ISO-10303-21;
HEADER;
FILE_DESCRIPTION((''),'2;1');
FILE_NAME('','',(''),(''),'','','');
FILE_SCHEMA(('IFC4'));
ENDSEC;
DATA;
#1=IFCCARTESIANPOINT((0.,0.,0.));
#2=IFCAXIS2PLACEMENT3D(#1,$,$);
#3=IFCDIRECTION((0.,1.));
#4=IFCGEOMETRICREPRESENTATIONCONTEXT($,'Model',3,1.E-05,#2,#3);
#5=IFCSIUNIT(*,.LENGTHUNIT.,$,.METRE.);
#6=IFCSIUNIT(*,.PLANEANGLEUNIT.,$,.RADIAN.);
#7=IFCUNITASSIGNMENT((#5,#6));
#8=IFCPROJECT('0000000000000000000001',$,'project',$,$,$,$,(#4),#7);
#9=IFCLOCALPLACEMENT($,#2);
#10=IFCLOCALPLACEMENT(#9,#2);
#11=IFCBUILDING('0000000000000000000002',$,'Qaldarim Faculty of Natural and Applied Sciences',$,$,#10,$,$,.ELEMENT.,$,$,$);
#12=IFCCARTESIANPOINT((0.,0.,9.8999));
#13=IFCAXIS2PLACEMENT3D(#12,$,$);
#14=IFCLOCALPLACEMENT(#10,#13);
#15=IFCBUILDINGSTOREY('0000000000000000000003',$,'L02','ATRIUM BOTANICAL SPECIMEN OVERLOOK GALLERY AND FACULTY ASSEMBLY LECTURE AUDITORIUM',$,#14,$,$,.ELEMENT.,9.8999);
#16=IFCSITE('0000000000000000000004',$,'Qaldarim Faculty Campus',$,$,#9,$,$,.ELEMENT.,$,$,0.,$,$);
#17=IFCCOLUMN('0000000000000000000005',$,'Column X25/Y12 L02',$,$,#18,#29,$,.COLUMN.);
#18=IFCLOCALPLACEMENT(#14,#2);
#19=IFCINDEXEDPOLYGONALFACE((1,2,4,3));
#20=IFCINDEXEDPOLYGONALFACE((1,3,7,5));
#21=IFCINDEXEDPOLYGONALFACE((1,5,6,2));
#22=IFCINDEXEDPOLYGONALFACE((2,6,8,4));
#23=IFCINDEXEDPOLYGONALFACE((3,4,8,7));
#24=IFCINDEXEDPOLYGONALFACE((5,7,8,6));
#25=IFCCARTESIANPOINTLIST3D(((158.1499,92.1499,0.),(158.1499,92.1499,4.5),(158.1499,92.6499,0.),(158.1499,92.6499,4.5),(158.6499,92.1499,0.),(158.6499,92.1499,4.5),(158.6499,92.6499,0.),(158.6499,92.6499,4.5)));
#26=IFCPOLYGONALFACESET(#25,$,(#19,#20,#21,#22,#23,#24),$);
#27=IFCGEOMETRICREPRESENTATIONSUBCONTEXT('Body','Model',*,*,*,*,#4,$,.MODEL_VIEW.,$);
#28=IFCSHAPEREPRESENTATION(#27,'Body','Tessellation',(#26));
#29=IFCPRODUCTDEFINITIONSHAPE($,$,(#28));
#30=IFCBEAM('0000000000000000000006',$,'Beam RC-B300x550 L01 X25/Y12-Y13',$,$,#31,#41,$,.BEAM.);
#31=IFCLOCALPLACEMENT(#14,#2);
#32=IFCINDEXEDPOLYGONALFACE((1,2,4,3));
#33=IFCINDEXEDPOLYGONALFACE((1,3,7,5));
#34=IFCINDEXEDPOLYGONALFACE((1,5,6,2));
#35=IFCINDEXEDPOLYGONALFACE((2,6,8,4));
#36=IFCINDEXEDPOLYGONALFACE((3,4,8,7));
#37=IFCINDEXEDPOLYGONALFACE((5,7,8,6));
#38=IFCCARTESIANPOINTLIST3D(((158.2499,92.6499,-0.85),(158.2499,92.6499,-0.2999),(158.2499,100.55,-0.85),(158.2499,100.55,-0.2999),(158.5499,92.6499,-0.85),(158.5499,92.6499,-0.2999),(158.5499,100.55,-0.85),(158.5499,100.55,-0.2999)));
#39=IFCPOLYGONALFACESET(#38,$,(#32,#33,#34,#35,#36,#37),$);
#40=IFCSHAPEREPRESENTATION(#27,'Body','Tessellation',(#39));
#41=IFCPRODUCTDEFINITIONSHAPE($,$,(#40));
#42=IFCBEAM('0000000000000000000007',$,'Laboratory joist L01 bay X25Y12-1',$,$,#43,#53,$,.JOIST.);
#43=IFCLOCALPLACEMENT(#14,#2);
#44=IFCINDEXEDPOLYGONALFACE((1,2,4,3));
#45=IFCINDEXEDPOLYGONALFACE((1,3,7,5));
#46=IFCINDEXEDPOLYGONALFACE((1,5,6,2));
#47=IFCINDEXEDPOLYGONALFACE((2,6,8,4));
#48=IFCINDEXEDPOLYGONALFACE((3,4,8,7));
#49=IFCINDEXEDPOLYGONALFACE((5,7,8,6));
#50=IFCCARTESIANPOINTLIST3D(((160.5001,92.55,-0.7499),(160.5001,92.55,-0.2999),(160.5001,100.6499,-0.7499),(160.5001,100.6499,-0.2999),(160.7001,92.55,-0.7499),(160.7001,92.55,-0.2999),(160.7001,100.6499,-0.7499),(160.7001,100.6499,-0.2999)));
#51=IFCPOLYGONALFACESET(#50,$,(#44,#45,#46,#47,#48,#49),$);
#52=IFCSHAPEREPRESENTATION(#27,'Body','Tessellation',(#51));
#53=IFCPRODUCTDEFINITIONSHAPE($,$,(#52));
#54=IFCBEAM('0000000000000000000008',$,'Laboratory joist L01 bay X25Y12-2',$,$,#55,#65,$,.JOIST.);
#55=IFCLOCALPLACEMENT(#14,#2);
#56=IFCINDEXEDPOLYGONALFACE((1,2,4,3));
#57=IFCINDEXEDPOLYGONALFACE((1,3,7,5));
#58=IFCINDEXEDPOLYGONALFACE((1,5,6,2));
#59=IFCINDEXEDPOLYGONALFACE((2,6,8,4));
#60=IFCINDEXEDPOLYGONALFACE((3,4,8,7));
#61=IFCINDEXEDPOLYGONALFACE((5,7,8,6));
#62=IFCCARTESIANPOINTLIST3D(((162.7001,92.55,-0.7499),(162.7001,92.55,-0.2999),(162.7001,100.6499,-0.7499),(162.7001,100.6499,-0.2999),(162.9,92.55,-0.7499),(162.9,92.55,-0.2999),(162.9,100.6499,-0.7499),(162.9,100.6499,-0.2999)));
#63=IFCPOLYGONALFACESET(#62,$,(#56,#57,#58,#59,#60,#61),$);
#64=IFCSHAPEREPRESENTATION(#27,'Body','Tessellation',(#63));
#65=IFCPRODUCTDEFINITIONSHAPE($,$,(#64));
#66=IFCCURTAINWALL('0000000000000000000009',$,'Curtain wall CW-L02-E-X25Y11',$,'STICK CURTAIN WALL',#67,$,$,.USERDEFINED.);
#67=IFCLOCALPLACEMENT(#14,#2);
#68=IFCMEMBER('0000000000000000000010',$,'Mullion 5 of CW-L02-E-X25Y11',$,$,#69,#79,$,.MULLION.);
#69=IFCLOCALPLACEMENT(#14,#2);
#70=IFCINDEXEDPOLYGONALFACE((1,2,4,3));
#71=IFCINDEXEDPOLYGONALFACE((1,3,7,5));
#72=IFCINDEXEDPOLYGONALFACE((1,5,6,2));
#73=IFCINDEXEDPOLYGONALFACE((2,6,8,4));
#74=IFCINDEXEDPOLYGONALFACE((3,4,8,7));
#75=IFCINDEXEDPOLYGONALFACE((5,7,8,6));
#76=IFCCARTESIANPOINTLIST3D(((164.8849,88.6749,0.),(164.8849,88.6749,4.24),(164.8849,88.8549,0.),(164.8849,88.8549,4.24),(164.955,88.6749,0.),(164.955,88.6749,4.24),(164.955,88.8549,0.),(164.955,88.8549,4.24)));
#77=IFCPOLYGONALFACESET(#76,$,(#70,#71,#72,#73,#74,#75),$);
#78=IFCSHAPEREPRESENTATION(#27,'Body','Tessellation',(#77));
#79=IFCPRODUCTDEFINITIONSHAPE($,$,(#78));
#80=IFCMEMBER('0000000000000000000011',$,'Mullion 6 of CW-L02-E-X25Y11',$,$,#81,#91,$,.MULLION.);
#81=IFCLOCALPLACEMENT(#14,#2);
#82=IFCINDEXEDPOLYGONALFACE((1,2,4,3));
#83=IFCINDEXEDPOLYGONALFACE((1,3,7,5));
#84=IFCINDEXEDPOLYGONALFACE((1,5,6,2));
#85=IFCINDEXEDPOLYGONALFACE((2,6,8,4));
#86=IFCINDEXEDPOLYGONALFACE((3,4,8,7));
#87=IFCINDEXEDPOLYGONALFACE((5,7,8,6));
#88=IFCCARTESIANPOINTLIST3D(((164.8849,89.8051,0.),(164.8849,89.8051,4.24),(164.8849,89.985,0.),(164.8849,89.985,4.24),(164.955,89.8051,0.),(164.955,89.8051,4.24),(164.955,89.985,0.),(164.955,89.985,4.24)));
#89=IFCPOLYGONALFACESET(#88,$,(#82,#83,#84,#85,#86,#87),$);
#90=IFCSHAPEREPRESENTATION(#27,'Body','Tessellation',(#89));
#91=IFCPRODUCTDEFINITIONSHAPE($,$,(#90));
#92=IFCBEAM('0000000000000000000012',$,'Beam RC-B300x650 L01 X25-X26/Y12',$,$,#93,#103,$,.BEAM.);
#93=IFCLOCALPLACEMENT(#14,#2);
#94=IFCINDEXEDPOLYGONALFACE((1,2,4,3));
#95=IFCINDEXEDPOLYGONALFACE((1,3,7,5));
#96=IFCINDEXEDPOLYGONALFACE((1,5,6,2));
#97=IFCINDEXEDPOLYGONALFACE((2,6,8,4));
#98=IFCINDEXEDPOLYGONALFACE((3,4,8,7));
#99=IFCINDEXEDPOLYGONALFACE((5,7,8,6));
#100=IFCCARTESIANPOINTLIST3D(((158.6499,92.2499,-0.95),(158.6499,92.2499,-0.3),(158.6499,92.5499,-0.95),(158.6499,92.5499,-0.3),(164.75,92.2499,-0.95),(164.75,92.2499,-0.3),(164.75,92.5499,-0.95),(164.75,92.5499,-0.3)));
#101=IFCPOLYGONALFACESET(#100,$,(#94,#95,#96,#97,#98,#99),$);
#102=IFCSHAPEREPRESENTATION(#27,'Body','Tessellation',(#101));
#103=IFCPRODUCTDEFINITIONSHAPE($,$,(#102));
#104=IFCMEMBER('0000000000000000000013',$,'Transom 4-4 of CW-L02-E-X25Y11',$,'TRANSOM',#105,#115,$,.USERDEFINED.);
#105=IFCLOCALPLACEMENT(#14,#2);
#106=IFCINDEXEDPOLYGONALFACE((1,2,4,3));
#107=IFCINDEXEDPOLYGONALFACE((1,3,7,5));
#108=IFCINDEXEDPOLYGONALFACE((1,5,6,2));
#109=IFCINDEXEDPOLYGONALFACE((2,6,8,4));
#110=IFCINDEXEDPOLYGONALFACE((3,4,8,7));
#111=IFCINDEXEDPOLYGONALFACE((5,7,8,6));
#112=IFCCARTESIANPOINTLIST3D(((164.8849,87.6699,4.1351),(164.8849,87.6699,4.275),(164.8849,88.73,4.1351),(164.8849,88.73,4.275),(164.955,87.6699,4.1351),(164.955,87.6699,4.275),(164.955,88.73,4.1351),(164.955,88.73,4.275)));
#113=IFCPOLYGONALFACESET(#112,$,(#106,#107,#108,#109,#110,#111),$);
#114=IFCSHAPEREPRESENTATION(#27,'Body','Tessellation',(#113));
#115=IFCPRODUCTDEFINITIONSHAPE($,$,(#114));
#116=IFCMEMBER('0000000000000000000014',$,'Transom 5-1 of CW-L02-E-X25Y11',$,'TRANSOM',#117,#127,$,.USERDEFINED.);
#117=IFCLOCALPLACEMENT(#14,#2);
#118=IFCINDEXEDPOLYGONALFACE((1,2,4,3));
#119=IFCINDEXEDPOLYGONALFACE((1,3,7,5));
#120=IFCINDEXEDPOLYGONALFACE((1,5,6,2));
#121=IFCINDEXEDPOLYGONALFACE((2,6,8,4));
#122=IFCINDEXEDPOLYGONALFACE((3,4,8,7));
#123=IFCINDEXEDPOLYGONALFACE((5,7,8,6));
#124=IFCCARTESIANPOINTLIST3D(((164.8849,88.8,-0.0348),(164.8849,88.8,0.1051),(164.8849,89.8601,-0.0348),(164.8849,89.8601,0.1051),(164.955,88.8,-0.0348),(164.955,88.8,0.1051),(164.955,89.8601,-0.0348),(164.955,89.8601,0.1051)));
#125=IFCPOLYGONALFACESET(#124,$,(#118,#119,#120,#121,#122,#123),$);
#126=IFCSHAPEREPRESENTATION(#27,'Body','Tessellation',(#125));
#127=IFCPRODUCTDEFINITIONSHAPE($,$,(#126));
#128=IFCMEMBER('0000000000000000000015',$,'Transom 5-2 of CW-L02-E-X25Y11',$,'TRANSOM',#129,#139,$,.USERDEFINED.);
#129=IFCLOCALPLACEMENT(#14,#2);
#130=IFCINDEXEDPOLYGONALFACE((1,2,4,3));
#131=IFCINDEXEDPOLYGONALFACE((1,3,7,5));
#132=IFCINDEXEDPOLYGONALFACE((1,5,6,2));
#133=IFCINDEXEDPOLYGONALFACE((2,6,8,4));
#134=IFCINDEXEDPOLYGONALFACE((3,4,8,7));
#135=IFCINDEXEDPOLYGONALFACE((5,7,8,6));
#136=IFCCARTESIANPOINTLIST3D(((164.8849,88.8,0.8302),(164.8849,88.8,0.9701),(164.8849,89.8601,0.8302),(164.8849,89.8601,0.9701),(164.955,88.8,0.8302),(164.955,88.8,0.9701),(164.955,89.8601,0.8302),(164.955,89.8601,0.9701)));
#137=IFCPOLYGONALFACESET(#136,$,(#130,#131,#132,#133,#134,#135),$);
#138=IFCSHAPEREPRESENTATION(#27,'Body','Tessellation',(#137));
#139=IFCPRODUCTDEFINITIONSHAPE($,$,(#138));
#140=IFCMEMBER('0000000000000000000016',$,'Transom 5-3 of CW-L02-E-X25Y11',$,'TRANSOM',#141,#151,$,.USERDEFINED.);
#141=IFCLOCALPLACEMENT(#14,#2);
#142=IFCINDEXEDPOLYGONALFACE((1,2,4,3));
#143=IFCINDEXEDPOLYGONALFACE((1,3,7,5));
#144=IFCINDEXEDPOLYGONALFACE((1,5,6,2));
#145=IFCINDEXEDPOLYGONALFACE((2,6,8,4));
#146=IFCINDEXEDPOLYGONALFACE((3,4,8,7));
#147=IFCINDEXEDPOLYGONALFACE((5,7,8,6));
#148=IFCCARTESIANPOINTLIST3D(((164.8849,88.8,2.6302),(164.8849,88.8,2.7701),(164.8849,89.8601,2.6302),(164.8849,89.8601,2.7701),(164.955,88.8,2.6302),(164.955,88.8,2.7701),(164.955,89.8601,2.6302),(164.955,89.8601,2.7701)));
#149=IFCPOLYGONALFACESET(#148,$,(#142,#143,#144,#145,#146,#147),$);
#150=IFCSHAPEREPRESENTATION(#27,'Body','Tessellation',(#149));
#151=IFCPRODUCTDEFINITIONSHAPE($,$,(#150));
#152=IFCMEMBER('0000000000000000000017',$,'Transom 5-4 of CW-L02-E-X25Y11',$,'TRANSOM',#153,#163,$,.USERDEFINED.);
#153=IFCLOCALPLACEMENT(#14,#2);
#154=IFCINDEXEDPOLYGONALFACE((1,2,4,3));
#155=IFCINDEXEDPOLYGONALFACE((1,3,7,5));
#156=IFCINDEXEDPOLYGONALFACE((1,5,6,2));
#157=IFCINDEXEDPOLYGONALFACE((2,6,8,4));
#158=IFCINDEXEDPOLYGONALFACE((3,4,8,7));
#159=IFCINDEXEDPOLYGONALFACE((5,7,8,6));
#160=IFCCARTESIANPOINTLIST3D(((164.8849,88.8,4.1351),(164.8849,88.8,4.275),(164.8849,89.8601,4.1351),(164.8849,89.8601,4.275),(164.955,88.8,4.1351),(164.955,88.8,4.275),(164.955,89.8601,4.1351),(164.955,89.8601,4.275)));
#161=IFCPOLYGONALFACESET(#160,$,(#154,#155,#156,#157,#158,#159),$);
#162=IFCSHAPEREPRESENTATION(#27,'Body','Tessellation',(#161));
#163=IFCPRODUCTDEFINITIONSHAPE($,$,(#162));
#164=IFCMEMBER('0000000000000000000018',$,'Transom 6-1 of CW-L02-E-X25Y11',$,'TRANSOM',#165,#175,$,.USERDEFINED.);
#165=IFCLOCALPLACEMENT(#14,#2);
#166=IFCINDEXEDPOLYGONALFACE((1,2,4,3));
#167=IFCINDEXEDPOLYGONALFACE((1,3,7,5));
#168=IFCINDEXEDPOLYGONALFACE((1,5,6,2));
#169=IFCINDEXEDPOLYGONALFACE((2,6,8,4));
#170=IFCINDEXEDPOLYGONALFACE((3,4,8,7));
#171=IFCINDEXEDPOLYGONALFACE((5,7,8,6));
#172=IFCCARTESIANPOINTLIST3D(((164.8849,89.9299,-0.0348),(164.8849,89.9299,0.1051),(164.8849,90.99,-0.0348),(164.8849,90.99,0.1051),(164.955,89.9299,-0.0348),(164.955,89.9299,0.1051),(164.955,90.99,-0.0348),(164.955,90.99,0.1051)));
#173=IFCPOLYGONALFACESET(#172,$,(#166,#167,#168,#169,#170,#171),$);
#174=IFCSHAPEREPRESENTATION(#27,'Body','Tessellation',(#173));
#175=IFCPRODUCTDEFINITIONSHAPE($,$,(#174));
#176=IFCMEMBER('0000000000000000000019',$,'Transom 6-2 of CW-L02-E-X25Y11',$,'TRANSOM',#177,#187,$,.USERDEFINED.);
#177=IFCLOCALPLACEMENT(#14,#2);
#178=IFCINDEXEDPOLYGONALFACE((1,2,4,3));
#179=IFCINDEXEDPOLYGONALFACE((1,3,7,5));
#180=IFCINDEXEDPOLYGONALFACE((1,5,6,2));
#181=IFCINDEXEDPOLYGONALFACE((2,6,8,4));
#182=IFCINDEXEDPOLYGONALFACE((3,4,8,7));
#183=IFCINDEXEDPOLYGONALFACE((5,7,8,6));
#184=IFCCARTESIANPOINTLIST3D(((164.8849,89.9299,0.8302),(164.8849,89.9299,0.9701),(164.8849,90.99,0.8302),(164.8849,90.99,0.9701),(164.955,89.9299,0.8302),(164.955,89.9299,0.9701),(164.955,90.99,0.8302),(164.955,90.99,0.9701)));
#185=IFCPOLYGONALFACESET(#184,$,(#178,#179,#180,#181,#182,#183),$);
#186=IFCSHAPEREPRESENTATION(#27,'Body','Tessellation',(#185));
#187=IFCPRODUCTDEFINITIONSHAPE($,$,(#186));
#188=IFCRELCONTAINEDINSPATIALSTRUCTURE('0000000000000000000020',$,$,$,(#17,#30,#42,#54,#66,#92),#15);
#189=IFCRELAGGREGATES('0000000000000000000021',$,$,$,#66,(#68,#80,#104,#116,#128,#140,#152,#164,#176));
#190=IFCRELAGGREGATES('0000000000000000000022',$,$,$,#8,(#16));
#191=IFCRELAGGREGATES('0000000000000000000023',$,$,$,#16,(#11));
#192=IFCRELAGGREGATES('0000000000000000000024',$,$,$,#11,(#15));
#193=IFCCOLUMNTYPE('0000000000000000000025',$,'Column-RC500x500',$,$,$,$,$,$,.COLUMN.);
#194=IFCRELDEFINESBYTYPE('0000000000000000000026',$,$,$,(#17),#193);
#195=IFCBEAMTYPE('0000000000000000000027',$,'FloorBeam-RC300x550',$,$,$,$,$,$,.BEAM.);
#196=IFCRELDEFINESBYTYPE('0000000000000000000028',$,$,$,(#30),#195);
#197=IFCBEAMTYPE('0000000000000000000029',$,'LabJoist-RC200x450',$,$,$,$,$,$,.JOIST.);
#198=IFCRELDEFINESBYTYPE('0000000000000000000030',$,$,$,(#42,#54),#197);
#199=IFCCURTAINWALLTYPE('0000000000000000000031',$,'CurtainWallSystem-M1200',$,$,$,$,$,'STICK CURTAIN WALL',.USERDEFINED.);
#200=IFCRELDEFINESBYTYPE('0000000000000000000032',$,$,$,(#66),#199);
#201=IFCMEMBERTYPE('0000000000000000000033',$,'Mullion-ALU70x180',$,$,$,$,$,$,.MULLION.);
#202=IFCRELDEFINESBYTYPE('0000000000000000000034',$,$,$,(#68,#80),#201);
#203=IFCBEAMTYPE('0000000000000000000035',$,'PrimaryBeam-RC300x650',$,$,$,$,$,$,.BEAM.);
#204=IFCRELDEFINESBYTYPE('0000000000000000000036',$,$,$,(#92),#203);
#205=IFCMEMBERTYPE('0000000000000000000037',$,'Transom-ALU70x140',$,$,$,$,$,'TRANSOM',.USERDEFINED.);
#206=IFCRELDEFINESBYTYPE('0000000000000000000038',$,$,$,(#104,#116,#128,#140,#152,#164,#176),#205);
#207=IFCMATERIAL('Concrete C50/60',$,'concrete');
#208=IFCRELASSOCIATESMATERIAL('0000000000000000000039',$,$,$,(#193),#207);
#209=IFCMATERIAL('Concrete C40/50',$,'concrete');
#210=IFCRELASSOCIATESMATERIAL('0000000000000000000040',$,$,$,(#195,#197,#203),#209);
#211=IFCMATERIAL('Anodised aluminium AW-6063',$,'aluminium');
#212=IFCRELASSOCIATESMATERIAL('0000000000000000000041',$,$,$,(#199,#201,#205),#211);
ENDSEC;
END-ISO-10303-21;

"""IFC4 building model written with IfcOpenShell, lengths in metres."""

from ifc_helpers import new_model, si_unit, direction, frame, origin, origin_2d, place, context, subcontext, project, spatial, rectangle, extrude, material, material_profile, profile_set, type_object, element, aggregate, save


model = new_model("IFC4")

# Units and contexts
model_context = context("Model", 3, precision=1e-05, world=origin(), true_north=direction((0.0, 1.0)))
body_context = subcontext(model_context, "Body", "Model", "MODEL_VIEW")
ifc_project = project(units=[si_unit("LENGTHUNIT", "METRE"), si_unit("PLANEANGLEUNIT", "RADIAN")], contexts=[model_context])

# Site, building, storey
site_placement = place(None, origin())
site = spatial("IfcSite", under=ifc_project, at=site_placement, Name="Qaldarim Faculty Campus", CompositionType="ELEMENT", RefElevation=0.0)
building_placement = place(site_placement, origin())
building = spatial("IfcBuilding", under=site, at=building_placement, Name="Qaldarim Faculty of Natural and Applied Sciences", CompositionType="ELEMENT")
storey_placement = place(building_placement, frame((0.0, 0.0, 9.8999)))
storey = spatial("IfcBuildingStorey", under=building, at=storey_placement, Name="L02", Description="ATRIUM BOTANICAL SPECIMEN OVERLOOK GALLERY AND FACULTY ASSEMBLY LECTURE AUDITORIUM", CompositionType="ELEMENT", Elevation=9.8999)

# Column
ifc_material_1 = material(Name="Concrete C50/60", Category="concrete")
ifc_material_profile_1 = material_profile(ifc_material_1, rectangle(XDim=0.5, YDim=0.5, at=origin_2d()), Name="RC-C500x500")
ifc_profile_set_1 = profile_set([ifc_material_profile_1], Name="Concrete C50/60")
column_type = type_object("IfcColumnType", Name="Column-RC500x500", PredefinedType="COLUMN", material=ifc_profile_set_1)
column_placement = place(storey_placement, frame((158.3999, 92.3999, 0.0), z_axis=(0.0, 0.0, 1.0), x_axis=(1.0, 0.0, 0.0)))
element("IfcColumn", 1, at=column_placement, inside=storey, type_object=column_type, Name="Column X25/Y12 L02", PredefinedType="COLUMN", context=body_context, shape_type="SweptSolid", body=[
    extrude(rectangle(XDim=0.5, YDim=0.5, at=origin_2d()), origin(), (0.0, 0.0, 1.0), 4.5),
])

# Beams
ifc_material_2 = material(Name="Concrete C40/50", Category="concrete")
ifc_material_profile_2 = material_profile(ifc_material_2, rectangle(XDim=0.3, YDim=0.55, at=origin_2d()), Name="RC-B300x550")
ifc_profile_set_2 = profile_set([ifc_material_profile_2], Name="Concrete C40/50")
beam_type_1 = type_object("IfcBeamType", Name="FloorBeam-RC300x550", PredefinedType="BEAM", material=ifc_profile_set_2)
beam_1_placement = place(storey_placement, frame((158.3999, 92.6499, -0.575), z_axis=(0.0, 1.0, 0.0), x_axis=(-1.0, 0.0, 0.0)))
element("IfcBeam", 2, at=beam_1_placement, inside=storey, type_object=beam_type_1, Name="Beam RC-B300x550 L01 X25/Y12-Y13", PredefinedType="BEAM", context=body_context, shape_type="SweptSolid", body=[
    extrude(rectangle(XDim=0.3, YDim=0.55, at=origin_2d()), origin(), (0.0, 0.0, 1.0), 7.9001),
])
ifc_material_profile_3 = material_profile(ifc_material_2, rectangle(XDim=0.2, YDim=0.45, at=origin_2d()), Name="RC-J200x450")
ifc_profile_set_3 = profile_set([ifc_material_profile_3], Name="Concrete C40/50")
beam_type_2 = type_object("IfcBeamType", Name="LabJoist-RC200x450", PredefinedType="JOIST", material=ifc_profile_set_3)
for number, where, z_axis, x_axis, name in (
    (3, (160.6001, 92.55, -0.5249), (0.0, 1.0, 0.0), (-1.0, 0.0, 0.0), "Laboratory joist L01 bay X25Y12-1"),
    (4, (162.8, 92.55, -0.5249), (0.0, 1.0, 0.0), (-1.0, 0.0, 0.0), "Laboratory joist L01 bay X25Y12-2"),
):
    element("IfcBeam", number, at=place(storey_placement, frame(where, z_axis=z_axis, x_axis=x_axis)), inside=storey, type_object=beam_type_2, Name=name, PredefinedType="JOIST", context=body_context, shape_type="SweptSolid", body=[
        extrude(rectangle(XDim=0.2, YDim=0.45, at=origin_2d()), origin(), (0.0, 0.0, 1.0), 8.0999),
    ])

# Curtain wall, members
ifc_material_3 = material(Name="Anodised aluminium AW-6063", Category="aluminium")
curtain_wall_type = type_object("IfcCurtainWallType", Name="CurtainWallSystem-M1200", ElementType="STICK CURTAIN WALL", PredefinedType="USERDEFINED", material=ifc_material_3)
curtain_wall_placement = place(storey_placement, origin())
curtain_wall = element("IfcCurtainWall", 5, at=curtain_wall_placement, inside=storey, type_object=curtain_wall_type, Name="Curtain wall CW-L02-E-X25Y11", ObjectType="STICK CURTAIN WALL", PredefinedType="USERDEFINED")
ifc_material_profile_4 = material_profile(ifc_material_3, rectangle(XDim=0.0701, YDim=0.1799, at=origin_2d()), Name="ALU-M70x180")
ifc_profile_set_4 = profile_set([ifc_material_profile_4], Name="Anodised aluminium AW-6063")
member_type_1 = type_object("IfcMemberType", Name="Mullion-ALU70x180", PredefinedType="MULLION", material=ifc_profile_set_4)
member_1_placement = place(storey_placement, frame((164.9199, 88.7649, 0.0), z_axis=(0.0, 0.0, 1.0), x_axis=(-1.0, 0.0, 0.0)))
member_1 = element("IfcMember", 6, at=member_1_placement, type_object=member_type_1, Name="Mullion 5 of CW-L02-E-X25Y11", PredefinedType="MULLION", context=body_context, shape_type="SweptSolid", body=[
    extrude(rectangle(XDim=0.0701, YDim=0.1799, at=origin_2d()), origin(), (0.0, 0.0, 1.0), 4.24),
])
member_2_placement = place(storey_placement, frame((164.9199, 89.895, 0.0), z_axis=(0.0, 0.0, 1.0), x_axis=(-1.0, 0.0, 0.0)))
member_2 = element("IfcMember", 7, at=member_2_placement, type_object=member_type_1, Name="Mullion 6 of CW-L02-E-X25Y11", PredefinedType="MULLION", context=body_context, shape_type="SweptSolid", body=[
    extrude(rectangle(XDim=0.0701, YDim=0.1799, at=origin_2d()), origin(), (0.0, 0.0, 1.0), 4.24),
])

# Beam
ifc_material_profile_5 = material_profile(ifc_material_2, rectangle(XDim=0.3, YDim=0.6499, at=origin_2d()), Name="RC-B300x650")
ifc_profile_set_5 = profile_set([ifc_material_profile_5], Name="Concrete C40/50")
beam_type_3 = type_object("IfcBeamType", Name="PrimaryBeam-RC300x650", PredefinedType="BEAM", material=ifc_profile_set_5)
beam_2_placement = place(storey_placement, frame((158.6499, 92.3999, -0.625), z_axis=(1.0, 0.0, 0.0), x_axis=(0.0, 1.0, 0.0)))
element("IfcBeam", 8, at=beam_2_placement, inside=storey, type_object=beam_type_3, Name="Beam RC-B300x650 L01 X25-X26/Y12", PredefinedType="BEAM", context=body_context, shape_type="SweptSolid", body=[
    extrude(rectangle(XDim=0.3, YDim=0.6499, at=origin_2d()), origin(), (0.0, 0.0, 1.0), 6.1001),
])

# Members
ifc_material_profile_6 = material_profile(ifc_material_3, rectangle(XDim=0.0701, YDim=0.1399, at=origin_2d()), Name="ALU-T70x140")
ifc_profile_set_6 = profile_set([ifc_material_profile_6], Name="Anodised aluminium AW-6063")
member_type_2 = type_object("IfcMemberType", Name="Transom-ALU70x140", ElementType="TRANSOM", PredefinedType="USERDEFINED", material=ifc_profile_set_6)
member_3_placement = place(storey_placement, frame((164.9199, 87.6699, 4.2051), z_axis=(0.0, 1.0, 0.0), x_axis=(-1.0, 0.0, 0.0)))
member_3 = element("IfcMember", 9, at=member_3_placement, type_object=member_type_2, Name="Transom 4-4 of CW-L02-E-X25Y11", ObjectType="TRANSOM", PredefinedType="USERDEFINED", context=body_context, shape_type="SweptSolid", body=[
    extrude(rectangle(XDim=0.0701, YDim=0.1399, at=origin_2d()), origin(), (0.0, 0.0, 1.0), 1.0601),
])
member_4_placement = place(storey_placement, frame((164.9199, 88.8, 0.0352), z_axis=(0.0, 1.0, 0.0), x_axis=(-1.0, 0.0, 0.0)))
member_4 = element("IfcMember", 10, at=member_4_placement, type_object=member_type_2, Name="Transom 5-1 of CW-L02-E-X25Y11", ObjectType="TRANSOM", PredefinedType="USERDEFINED", context=body_context, shape_type="SweptSolid", body=[
    extrude(rectangle(XDim=0.0701, YDim=0.1399, at=origin_2d()), origin(), (0.0, 0.0, 1.0), 1.0601),
])
member_5_placement = place(storey_placement, frame((164.9199, 88.8, 0.9001), z_axis=(0.0, 1.0, 0.0), x_axis=(-1.0, 0.0, 0.0)))
member_5 = element("IfcMember", 11, at=member_5_placement, type_object=member_type_2, Name="Transom 5-2 of CW-L02-E-X25Y11", ObjectType="TRANSOM", PredefinedType="USERDEFINED", context=body_context, shape_type="SweptSolid", body=[
    extrude(rectangle(XDim=0.0701, YDim=0.1399, at=origin_2d()), origin(), (0.0, 0.0, 1.0), 1.0601),
])
member_6_placement = place(storey_placement, frame((164.9199, 88.8, 2.7002), z_axis=(0.0, 1.0, 0.0), x_axis=(-1.0, 0.0, 0.0)))
member_6 = element("IfcMember", 12, at=member_6_placement, type_object=member_type_2, Name="Transom 5-3 of CW-L02-E-X25Y11", ObjectType="TRANSOM", PredefinedType="USERDEFINED", context=body_context, shape_type="SweptSolid", body=[
    extrude(rectangle(XDim=0.0701, YDim=0.1399, at=origin_2d()), origin(), (0.0, 0.0, 1.0), 1.0601),
])
member_7_placement = place(storey_placement, frame((164.9199, 88.8, 4.2051), z_axis=(0.0, 1.0, 0.0), x_axis=(-1.0, 0.0, 0.0)))
member_7 = element("IfcMember", 13, at=member_7_placement, type_object=member_type_2, Name="Transom 5-4 of CW-L02-E-X25Y11", ObjectType="TRANSOM", PredefinedType="USERDEFINED", context=body_context, shape_type="SweptSolid", body=[
    extrude(rectangle(XDim=0.0701, YDim=0.1399, at=origin_2d()), origin(), (0.0, 0.0, 1.0), 1.0601),
])
member_8_placement = place(storey_placement, frame((164.9199, 89.9299, 0.0352), z_axis=(0.0, 1.0, 0.0), x_axis=(-1.0, 0.0, 0.0)))
member_8 = element("IfcMember", 14, at=member_8_placement, type_object=member_type_2, Name="Transom 6-1 of CW-L02-E-X25Y11", ObjectType="TRANSOM", PredefinedType="USERDEFINED", context=body_context, shape_type="SweptSolid", body=[
    extrude(rectangle(XDim=0.0701, YDim=0.1399, at=origin_2d()), origin(), (0.0, 0.0, 1.0), 1.0601),
])
member_9_placement = place(storey_placement, frame((164.9199, 89.9299, 0.9001), z_axis=(0.0, 1.0, 0.0), x_axis=(-1.0, 0.0, 0.0)))
member_9 = element("IfcMember", 15, at=member_9_placement, type_object=member_type_2, Name="Transom 6-2 of CW-L02-E-X25Y11", ObjectType="TRANSOM", PredefinedType="USERDEFINED", context=body_context, shape_type="SweptSolid", body=[
    extrude(rectangle(XDim=0.0701, YDim=0.1399, at=origin_2d()), origin(), (0.0, 0.0, 1.0), 1.0601),
])

aggregate(curtain_wall, [member_1, member_2, member_3, member_4, member_5, member_6, member_7, member_8, member_9])

save(model, "model.ifc")
